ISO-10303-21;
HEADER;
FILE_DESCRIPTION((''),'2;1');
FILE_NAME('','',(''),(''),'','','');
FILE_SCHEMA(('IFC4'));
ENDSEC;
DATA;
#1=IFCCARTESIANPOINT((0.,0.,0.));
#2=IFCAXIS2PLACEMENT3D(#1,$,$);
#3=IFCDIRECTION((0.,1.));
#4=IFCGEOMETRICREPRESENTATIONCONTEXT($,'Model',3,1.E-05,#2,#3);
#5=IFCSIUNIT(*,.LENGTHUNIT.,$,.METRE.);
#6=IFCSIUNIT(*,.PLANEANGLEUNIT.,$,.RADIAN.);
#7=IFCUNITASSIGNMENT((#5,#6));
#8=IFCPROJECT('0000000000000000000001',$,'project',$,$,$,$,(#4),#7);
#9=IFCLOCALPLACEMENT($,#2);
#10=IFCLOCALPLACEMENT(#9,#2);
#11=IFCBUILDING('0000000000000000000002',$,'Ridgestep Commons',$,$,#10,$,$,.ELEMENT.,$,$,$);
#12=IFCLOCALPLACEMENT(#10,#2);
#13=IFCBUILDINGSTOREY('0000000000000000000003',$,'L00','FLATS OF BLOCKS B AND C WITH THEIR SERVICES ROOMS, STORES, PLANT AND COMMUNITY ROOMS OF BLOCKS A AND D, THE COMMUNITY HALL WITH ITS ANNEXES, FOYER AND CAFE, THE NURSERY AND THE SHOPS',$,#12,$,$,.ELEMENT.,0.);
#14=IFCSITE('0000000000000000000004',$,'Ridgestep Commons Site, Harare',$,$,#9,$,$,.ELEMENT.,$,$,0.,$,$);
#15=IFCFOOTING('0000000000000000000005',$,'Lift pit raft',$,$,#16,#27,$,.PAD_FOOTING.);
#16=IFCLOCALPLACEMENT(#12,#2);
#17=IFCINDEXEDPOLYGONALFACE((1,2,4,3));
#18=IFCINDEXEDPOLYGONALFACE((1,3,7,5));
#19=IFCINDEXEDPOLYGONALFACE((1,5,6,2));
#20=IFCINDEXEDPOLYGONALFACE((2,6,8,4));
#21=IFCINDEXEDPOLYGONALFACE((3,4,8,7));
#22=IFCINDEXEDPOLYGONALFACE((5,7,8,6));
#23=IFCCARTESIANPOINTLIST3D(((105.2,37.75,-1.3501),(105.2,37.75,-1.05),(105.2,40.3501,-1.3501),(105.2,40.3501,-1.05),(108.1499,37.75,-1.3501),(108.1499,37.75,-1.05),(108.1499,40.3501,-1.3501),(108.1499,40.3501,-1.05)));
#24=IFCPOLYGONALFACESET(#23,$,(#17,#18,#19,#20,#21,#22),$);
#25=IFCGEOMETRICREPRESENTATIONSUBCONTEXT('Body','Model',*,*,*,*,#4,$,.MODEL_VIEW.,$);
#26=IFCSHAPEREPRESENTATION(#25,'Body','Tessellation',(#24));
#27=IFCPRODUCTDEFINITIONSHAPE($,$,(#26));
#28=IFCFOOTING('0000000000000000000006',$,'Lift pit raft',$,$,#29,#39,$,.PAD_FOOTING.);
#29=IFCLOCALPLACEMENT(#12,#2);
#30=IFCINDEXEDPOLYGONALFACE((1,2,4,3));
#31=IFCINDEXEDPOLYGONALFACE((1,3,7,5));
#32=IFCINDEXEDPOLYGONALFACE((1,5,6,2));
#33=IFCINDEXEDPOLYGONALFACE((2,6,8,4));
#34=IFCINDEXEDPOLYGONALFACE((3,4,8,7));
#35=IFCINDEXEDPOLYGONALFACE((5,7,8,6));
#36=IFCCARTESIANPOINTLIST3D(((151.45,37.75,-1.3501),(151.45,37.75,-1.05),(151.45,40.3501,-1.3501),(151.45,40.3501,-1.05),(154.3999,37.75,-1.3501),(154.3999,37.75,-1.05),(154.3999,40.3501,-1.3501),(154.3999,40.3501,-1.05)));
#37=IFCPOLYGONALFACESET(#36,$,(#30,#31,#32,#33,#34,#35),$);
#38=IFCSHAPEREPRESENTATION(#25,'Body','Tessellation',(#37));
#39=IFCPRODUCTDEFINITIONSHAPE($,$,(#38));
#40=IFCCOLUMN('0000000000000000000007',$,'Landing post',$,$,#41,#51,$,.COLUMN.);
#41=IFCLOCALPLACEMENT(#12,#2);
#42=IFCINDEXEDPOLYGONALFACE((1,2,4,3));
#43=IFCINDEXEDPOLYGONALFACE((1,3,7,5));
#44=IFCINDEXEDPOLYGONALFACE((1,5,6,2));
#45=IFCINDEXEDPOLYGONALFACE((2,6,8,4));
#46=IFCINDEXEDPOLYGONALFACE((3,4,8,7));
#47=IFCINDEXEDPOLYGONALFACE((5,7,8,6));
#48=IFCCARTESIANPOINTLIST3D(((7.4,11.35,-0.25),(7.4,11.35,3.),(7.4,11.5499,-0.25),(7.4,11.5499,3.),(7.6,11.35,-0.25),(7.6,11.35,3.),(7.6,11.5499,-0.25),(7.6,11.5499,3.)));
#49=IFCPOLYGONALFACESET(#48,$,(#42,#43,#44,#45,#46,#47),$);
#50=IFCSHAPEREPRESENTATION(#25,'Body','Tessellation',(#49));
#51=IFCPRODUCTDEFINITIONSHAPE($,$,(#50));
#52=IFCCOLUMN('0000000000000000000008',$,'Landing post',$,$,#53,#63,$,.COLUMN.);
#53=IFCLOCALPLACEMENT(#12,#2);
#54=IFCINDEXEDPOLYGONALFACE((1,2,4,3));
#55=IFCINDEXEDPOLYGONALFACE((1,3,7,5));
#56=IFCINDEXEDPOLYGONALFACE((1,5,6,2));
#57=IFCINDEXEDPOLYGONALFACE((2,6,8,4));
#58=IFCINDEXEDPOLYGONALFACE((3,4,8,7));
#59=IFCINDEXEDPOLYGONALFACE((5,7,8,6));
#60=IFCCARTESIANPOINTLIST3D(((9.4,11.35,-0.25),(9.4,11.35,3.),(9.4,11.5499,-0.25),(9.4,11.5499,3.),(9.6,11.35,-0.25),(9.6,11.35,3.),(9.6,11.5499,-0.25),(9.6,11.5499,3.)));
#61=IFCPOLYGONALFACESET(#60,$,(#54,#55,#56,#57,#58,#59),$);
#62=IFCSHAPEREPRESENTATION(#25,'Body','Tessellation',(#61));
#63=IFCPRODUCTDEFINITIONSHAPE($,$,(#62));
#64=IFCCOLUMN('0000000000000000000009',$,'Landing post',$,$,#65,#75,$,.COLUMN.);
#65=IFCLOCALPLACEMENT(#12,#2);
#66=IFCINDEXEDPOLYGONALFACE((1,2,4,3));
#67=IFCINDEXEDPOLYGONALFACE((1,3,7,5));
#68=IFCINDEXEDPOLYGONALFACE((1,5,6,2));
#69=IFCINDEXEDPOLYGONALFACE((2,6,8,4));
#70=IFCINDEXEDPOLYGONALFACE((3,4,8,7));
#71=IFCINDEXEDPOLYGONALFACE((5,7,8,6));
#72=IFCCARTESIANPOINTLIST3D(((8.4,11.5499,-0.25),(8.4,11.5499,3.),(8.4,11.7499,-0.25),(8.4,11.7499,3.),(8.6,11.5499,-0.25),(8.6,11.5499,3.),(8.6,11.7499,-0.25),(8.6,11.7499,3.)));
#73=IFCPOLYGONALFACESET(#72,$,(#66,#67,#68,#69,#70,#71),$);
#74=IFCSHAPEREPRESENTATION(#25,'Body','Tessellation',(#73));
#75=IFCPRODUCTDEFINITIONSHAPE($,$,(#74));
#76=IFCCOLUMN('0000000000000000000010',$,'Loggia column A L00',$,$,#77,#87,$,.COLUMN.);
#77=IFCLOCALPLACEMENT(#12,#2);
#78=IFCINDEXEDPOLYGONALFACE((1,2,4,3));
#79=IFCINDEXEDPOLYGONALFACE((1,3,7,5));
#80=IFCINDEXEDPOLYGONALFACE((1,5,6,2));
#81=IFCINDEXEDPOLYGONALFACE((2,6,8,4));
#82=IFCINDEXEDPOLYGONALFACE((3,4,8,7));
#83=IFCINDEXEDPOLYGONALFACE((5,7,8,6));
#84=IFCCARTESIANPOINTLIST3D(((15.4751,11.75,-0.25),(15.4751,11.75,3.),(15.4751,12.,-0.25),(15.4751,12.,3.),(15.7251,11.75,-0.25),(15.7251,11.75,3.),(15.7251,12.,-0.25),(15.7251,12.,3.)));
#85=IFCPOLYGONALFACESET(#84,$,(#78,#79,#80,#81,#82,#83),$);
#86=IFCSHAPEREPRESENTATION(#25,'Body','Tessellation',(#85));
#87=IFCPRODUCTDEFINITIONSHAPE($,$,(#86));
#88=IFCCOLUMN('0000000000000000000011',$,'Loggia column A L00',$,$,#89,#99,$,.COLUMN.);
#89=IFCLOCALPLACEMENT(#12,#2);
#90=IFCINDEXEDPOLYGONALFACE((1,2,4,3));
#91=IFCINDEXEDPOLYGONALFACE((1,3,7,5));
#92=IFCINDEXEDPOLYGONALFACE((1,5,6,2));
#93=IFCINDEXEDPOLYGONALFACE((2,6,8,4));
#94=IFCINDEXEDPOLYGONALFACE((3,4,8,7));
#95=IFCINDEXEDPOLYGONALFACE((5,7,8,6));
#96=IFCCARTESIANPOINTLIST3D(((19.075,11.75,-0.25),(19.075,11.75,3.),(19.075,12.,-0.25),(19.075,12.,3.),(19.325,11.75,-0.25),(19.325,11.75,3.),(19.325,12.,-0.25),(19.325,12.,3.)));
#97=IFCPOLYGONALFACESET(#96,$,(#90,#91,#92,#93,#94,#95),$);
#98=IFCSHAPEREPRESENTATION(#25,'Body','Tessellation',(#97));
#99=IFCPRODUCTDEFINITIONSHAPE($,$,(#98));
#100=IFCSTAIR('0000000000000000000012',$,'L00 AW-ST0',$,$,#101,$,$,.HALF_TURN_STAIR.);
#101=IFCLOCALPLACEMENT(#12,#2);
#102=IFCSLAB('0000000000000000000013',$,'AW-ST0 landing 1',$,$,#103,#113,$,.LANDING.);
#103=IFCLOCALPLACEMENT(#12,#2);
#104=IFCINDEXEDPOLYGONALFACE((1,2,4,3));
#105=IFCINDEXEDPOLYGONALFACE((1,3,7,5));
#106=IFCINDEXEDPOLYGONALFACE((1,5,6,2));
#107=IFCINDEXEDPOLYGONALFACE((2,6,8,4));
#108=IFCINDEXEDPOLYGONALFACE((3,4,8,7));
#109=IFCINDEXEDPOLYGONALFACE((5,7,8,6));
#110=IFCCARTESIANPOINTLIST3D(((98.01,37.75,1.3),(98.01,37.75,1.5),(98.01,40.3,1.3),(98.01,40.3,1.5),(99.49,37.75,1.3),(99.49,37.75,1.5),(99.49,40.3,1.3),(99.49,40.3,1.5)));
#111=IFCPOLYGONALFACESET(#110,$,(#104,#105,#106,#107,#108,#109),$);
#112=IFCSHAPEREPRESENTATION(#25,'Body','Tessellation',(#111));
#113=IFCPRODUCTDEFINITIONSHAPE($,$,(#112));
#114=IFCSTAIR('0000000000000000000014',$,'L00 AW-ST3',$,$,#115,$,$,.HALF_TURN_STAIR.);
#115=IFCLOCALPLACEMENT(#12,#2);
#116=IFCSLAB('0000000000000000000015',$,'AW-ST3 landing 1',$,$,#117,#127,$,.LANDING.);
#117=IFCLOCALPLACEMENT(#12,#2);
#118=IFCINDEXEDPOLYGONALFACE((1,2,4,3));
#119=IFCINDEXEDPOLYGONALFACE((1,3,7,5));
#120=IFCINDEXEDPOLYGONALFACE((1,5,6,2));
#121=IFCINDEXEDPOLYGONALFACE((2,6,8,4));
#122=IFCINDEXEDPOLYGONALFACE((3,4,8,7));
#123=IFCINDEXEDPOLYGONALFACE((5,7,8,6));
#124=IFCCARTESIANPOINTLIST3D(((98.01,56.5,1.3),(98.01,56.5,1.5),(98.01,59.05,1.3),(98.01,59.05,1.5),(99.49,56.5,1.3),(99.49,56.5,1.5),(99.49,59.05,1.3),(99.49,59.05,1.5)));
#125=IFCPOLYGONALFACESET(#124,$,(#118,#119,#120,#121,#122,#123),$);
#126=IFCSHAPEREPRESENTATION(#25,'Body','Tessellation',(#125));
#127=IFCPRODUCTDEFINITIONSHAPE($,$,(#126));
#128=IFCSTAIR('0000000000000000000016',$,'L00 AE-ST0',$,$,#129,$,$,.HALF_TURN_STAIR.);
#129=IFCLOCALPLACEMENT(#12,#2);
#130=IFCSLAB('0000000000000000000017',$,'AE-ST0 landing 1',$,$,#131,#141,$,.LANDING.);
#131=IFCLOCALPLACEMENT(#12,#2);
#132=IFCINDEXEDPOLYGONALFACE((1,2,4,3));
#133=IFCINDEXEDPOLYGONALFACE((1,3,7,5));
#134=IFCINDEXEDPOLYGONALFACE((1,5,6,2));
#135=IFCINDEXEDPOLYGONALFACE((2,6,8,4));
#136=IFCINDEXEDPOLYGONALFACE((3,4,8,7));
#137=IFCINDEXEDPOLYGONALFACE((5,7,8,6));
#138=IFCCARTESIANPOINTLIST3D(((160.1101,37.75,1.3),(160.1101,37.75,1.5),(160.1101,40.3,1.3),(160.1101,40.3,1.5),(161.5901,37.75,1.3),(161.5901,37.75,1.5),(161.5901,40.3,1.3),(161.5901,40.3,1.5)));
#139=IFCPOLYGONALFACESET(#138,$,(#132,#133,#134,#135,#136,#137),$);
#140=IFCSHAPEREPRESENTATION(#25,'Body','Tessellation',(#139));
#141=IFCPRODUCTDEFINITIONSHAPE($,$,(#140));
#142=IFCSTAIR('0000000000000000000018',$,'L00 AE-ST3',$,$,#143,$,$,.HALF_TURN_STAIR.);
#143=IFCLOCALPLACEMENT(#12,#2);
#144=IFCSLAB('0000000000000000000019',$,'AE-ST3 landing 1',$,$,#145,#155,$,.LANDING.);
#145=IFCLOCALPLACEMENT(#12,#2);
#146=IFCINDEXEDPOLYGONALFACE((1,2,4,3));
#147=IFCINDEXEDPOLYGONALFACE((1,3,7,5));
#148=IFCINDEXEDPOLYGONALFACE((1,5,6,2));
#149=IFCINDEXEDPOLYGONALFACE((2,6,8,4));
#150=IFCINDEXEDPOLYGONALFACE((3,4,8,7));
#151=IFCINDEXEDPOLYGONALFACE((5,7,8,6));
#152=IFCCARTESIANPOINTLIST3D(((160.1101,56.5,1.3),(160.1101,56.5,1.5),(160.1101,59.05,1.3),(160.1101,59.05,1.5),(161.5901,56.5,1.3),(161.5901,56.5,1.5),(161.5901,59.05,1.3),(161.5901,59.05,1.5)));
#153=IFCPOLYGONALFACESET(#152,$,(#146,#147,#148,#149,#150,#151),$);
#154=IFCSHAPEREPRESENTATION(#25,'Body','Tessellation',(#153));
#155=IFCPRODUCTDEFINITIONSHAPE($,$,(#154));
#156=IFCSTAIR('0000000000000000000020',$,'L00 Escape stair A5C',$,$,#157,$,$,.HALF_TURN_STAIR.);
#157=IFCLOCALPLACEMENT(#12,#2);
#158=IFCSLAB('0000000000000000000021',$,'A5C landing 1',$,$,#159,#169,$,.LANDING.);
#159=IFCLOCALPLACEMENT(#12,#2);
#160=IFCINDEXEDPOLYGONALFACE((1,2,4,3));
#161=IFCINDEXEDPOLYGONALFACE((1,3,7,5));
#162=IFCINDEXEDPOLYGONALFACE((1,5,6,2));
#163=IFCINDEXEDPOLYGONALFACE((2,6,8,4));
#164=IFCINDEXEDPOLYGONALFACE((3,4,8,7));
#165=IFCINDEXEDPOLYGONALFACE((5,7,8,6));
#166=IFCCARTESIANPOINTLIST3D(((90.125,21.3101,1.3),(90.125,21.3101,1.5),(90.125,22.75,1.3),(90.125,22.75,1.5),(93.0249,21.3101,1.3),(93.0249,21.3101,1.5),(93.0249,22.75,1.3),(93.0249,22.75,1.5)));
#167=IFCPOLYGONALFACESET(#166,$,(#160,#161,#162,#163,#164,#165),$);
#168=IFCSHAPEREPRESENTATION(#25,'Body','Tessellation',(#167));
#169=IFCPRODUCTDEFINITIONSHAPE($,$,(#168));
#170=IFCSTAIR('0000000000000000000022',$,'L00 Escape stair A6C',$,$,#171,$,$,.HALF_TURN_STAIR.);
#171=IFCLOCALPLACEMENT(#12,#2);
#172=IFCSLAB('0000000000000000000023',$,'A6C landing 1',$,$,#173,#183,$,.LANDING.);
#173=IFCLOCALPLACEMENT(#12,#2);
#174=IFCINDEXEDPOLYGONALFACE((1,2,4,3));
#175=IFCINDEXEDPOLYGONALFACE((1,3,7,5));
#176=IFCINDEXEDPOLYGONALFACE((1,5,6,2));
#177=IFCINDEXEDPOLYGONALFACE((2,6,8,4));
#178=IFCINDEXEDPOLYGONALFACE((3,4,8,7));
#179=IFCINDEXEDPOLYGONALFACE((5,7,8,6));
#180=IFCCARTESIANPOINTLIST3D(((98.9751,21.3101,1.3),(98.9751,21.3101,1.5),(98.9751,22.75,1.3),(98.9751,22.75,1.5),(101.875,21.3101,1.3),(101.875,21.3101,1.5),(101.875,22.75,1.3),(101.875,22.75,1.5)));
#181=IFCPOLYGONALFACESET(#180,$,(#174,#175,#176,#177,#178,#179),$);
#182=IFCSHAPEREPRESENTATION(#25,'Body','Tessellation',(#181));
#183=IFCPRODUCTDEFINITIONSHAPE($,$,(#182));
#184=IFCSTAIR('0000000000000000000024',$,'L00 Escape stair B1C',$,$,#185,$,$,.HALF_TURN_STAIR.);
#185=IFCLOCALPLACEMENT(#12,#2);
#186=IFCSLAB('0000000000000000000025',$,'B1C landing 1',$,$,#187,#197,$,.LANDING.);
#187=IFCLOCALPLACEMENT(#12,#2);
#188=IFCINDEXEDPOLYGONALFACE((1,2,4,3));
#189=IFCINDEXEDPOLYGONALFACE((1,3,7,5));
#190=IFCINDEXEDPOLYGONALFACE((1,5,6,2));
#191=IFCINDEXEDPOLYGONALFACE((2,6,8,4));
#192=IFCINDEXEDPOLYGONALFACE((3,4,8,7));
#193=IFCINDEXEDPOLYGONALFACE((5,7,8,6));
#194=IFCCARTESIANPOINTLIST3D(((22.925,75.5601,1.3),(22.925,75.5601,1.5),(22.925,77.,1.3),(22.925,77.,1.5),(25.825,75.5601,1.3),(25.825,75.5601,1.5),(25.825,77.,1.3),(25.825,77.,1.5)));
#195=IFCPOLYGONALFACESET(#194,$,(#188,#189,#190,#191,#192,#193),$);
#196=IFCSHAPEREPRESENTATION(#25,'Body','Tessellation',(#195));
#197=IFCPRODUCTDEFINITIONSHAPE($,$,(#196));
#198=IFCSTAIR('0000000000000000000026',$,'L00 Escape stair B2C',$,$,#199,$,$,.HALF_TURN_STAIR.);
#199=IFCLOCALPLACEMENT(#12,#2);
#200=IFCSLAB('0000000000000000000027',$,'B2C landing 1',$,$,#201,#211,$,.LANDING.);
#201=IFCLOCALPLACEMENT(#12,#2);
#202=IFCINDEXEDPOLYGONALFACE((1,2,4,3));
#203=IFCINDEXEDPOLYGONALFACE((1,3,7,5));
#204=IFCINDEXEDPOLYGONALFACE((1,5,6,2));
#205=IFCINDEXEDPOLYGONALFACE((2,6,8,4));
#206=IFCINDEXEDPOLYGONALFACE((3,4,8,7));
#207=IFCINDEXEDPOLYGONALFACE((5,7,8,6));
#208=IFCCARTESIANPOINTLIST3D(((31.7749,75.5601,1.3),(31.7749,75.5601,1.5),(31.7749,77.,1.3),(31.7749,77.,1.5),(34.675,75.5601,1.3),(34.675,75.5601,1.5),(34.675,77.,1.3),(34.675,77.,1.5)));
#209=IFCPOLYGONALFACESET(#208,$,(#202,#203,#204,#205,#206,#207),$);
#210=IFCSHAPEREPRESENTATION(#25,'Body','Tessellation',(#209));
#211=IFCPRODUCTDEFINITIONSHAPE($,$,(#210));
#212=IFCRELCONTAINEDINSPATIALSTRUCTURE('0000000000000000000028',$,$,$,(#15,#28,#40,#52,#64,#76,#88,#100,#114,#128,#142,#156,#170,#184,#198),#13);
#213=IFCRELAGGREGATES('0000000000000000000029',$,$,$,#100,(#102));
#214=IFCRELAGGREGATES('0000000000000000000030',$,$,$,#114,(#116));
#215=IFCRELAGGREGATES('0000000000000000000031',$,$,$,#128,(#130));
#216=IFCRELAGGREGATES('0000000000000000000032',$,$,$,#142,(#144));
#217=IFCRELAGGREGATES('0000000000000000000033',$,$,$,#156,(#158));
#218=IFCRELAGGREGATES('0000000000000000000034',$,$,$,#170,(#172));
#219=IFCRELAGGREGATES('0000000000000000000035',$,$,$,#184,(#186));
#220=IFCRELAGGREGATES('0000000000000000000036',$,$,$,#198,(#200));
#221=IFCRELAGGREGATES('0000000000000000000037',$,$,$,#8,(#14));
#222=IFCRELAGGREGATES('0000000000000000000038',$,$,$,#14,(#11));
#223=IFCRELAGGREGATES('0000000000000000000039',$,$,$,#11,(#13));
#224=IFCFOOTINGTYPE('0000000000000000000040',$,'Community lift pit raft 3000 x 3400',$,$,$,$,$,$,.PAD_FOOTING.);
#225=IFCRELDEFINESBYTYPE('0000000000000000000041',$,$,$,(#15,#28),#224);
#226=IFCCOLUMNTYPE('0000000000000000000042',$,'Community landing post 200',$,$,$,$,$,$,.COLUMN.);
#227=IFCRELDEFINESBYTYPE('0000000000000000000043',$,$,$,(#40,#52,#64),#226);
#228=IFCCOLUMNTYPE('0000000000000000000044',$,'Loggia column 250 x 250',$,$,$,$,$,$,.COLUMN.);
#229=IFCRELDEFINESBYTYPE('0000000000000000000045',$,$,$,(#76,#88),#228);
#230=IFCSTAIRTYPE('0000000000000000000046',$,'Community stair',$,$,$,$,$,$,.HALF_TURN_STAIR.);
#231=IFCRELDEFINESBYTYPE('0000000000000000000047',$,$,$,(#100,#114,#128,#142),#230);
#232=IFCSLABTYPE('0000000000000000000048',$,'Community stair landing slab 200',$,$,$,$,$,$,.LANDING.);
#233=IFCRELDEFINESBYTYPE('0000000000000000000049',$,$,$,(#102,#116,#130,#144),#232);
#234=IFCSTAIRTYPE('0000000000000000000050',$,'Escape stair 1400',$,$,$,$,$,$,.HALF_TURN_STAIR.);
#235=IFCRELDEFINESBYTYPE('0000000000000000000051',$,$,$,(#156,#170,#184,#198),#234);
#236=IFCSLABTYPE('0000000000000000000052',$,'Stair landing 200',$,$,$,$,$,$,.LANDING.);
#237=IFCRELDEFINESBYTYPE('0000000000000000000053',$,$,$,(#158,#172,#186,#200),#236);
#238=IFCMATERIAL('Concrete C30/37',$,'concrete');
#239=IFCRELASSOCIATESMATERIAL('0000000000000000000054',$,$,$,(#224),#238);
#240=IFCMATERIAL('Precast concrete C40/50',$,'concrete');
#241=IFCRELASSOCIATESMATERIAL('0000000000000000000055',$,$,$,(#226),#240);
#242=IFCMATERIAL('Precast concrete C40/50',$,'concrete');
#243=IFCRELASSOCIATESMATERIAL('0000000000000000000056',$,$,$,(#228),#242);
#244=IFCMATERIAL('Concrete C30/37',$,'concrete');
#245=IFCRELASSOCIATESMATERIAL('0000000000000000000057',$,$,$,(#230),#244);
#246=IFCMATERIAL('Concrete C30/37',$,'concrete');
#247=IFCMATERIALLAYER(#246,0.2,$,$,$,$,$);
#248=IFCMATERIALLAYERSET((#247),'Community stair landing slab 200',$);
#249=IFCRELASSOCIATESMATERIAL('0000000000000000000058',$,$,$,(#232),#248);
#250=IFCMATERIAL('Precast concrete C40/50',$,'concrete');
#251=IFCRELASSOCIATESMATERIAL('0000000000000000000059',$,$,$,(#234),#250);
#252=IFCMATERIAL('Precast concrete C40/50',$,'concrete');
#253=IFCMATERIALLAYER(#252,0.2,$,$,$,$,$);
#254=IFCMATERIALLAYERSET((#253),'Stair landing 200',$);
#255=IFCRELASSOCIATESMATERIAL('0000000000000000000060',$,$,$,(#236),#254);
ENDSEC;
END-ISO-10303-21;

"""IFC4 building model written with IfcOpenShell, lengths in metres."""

from ifc_helpers import new_model, si_unit, direction, frame, origin, origin_2d, place, context, subcontext, project, spatial, polyline, rectangle, outline, extrude, material, layer, layer_set, material_profile, profile_set, type_object, element, aggregate, save


model = new_model("IFC4")

# Units and contexts
model_context = context("Model", 3, precision=1e-05, world=origin(), true_north=direction((0.0, 1.0)))
body_context = subcontext(model_context, "Body", "Model", "MODEL_VIEW")
ifc_project = project(units=[si_unit("LENGTHUNIT", "METRE"), si_unit("PLANEANGLEUNIT", "RADIAN")], contexts=[model_context])

# Site, building, storey
site_placement = place(None, origin())
site = spatial("IfcSite", under=ifc_project, at=site_placement, Name="Ridgestep Commons Site, Harare", CompositionType="ELEMENT", RefElevation=0.0)
building_placement = place(site_placement, origin())
building = spatial("IfcBuilding", under=site, at=building_placement, Name="Ridgestep Commons", CompositionType="ELEMENT")
storey_placement = place(building_placement, origin())
storey = spatial("IfcBuildingStorey", under=building, at=storey_placement, Name="L00", Description="FLATS OF BLOCKS B AND C WITH THEIR SERVICES ROOMS, STORES, PLANT AND COMMUNITY ROOMS OF BLOCKS A AND D, THE COMMUNITY HALL WITH ITS ANNEXES, FOYER AND CAFE, THE NURSERY AND THE SHOPS", CompositionType="ELEMENT", Elevation=0.0)

# Footings
ifc_material_1 = material(Name="Concrete C30/37", Category="concrete")
footing_type = type_object("IfcFootingType", Name="Community lift pit raft 3000 x 3400", PredefinedType="PAD_FOOTING", material=ifc_material_1)
footing_1_placement = place(storey_placement, frame((0.0, 0.0, -1.3501)))
element("IfcFooting", 1, at=footing_1_placement, inside=storey, type_object=footing_type, Name="Lift pit raft", PredefinedType="PAD_FOOTING", context=body_context, shape_type="SweptSolid", body=[
    extrude(outline(polyline([(105.2, 37.75), (108.1499, 37.75), (108.1499, 40.3501), (105.2, 40.3501), (105.2, 37.75)])), origin(), (0.0, 0.0, 1.0), 0.3),
])
footing_2_placement = place(storey_placement, frame((0.0, 0.0, -1.3501)))
element("IfcFooting", 2, at=footing_2_placement, inside=storey, type_object=footing_type, Name="Lift pit raft", PredefinedType="PAD_FOOTING", context=body_context, shape_type="SweptSolid", body=[
    extrude(outline(polyline([(151.45, 37.75), (154.3999, 37.75), (154.3999, 40.3501), (151.45, 40.3501), (151.45, 37.75)])), origin(), (0.0, 0.0, 1.0), 0.3),
])

# Columns
ifc_material_2 = material(Name="Precast concrete C40/50", Category="concrete")
ifc_material_profile_1 = material_profile(ifc_material_2, rectangle(XDim=0.2, YDim=0.2, at=origin_2d()), Name="Community landing post 200")
ifc_profile_set_1 = profile_set([ifc_material_profile_1], Name="Precast concrete C40/50")
column_type_1 = type_object("IfcColumnType", Name="Community landing post 200", PredefinedType="COLUMN", material=ifc_profile_set_1)
for number, where, z_axis, x_axis, name in (
    (3, (7.5, 11.45, -0.25), (0.0, 0.0, 1.0), (1.0, 0.0, 0.0), "Landing post"),
    (4, (9.5, 11.45, -0.25), (0.0, 0.0, 1.0), (1.0, 0.0, 0.0), "Landing post"),
    (5, (8.5, 11.6499, -0.25), (0.0, 0.0, 1.0), (1.0, 0.0, 0.0), "Landing post"),
):
    element("IfcColumn", number, at=place(storey_placement, frame(where, z_axis=z_axis, x_axis=x_axis)), inside=storey, type_object=column_type_1, Name=name, PredefinedType="COLUMN", context=body_context, shape_type="SweptSolid", body=[
        extrude(rectangle(XDim=0.2, YDim=0.2, at=origin_2d()), origin(), (0.0, 0.0, 1.0), 3.25),
    ])
ifc_material_3 = material(Name="Precast concrete C40/50", Category="concrete")
ifc_material_profile_2 = material_profile(ifc_material_3, rectangle(XDim=0.25, YDim=0.25, at=origin_2d()), Name="PC 250x250")
ifc_profile_set_2 = profile_set([ifc_material_profile_2], Name="Precast concrete C40/50")
column_type_2 = type_object("IfcColumnType", Name="Loggia column 250 x 250", PredefinedType="COLUMN", material=ifc_profile_set_2)
for number, where, z_axis, x_axis, name in (
    (6, (15.6001, 11.875, -0.25), (0.0, 0.0, 1.0), (1.0, 0.0, 0.0), "Loggia column A L00"),
    (7, (19.2, 11.875, -0.25), (0.0, 0.0, 1.0), (1.0, 0.0, 0.0), "Loggia column A L00"),
):
    element("IfcColumn", number, at=place(storey_placement, frame(where, z_axis=z_axis, x_axis=x_axis)), inside=storey, type_object=column_type_2, Name=name, PredefinedType="COLUMN", context=body_context, shape_type="SweptSolid", body=[
        extrude(rectangle(XDim=0.25, YDim=0.25, at=origin_2d()), origin(), (0.0, 0.0, 1.0), 3.25),
    ])

# Stairs, slabs
ifc_material_4 = material(Name="Concrete C30/37", Category="concrete")
stair_type_1 = type_object("IfcStairType", Name="Community stair", PredefinedType="HALF_TURN_STAIR", material=ifc_material_4)
stair_1_placement = place(storey_placement, origin())
stair_1 = element("IfcStair", 8, at=stair_1_placement, inside=storey, type_object=stair_type_1, Name="L00 AW-ST0", PredefinedType="HALF_TURN_STAIR")
ifc_material_5 = material(Name="Concrete C30/37", Category="concrete")
ifc_layer_1 = layer(ifc_material_5, 0.2)
ifc_layer_set_1 = layer_set([ifc_layer_1], Name="Community stair landing slab 200")
slab_type_1 = type_object("IfcSlabType", Name="Community stair landing slab 200", PredefinedType="LANDING", material=ifc_layer_set_1)
slab_1_placement = place(storey_placement, frame((0.0, 0.0, 1.3)))
slab_1 = element("IfcSlab", 9, at=slab_1_placement, type_object=slab_type_1, Name="AW-ST0 landing 1", PredefinedType="LANDING", context=body_context, shape_type="SweptSolid", body=[
    extrude(outline(polyline([(99.49, 40.3), (98.01, 40.3), (98.01, 37.75), (99.49, 37.75), (99.49, 40.3)])), origin(), (0.0, 0.0, 1.0), 0.2),
])
aggregate(stair_1, [slab_1])
stair_2_placement = place(storey_placement, origin())
stair_2 = element("IfcStair", 10, at=stair_2_placement, inside=storey, type_object=stair_type_1, Name="L00 AW-ST3", PredefinedType="HALF_TURN_STAIR")
slab_2_placement = place(storey_placement, frame((0.0, 0.0, 1.3)))
slab_2 = element("IfcSlab", 11, at=slab_2_placement, type_object=slab_type_1, Name="AW-ST3 landing 1", PredefinedType="LANDING", context=body_context, shape_type="SweptSolid", body=[
    extrude(outline(polyline([(99.49, 59.05), (98.01, 59.05), (98.01, 56.5), (99.49, 56.5), (99.49, 59.05)])), origin(), (0.0, 0.0, 1.0), 0.2),
])
aggregate(stair_2, [slab_2])
stair_3_placement = place(storey_placement, origin())
stair_3 = element("IfcStair", 12, at=stair_3_placement, inside=storey, type_object=stair_type_1, Name="L00 AE-ST0", PredefinedType="HALF_TURN_STAIR")
slab_3_placement = place(storey_placement, frame((0.0, 0.0, 1.3)))
slab_3 = element("IfcSlab", 13, at=slab_3_placement, type_object=slab_type_1, Name="AE-ST0 landing 1", PredefinedType="LANDING", context=body_context, shape_type="SweptSolid", body=[
    extrude(outline(polyline([(160.1101, 37.75), (161.5901, 37.75), (161.5901, 40.3), (160.1101, 40.3), (160.1101, 37.75)])), origin(), (0.0, 0.0, 1.0), 0.2),
])
aggregate(stair_3, [slab_3])
stair_4_placement = place(storey_placement, origin())
stair_4 = element("IfcStair", 14, at=stair_4_placement, inside=storey, type_object=stair_type_1, Name="L00 AE-ST3", PredefinedType="HALF_TURN_STAIR")
slab_4_placement = place(storey_placement, frame((0.0, 0.0, 1.3)))
slab_4 = element("IfcSlab", 15, at=slab_4_placement, type_object=slab_type_1, Name="AE-ST3 landing 1", PredefinedType="LANDING", context=body_context, shape_type="SweptSolid", body=[
    extrude(outline(polyline([(160.1101, 56.5), (161.5901, 56.5), (161.5901, 59.05), (160.1101, 59.05), (160.1101, 56.5)])), origin(), (0.0, 0.0, 1.0), 0.2),
])
aggregate(stair_4, [slab_4])
ifc_material_6 = material(Name="Precast concrete C40/50", Category="concrete")
stair_type_2 = type_object("IfcStairType", Name="Escape stair 1400", PredefinedType="HALF_TURN_STAIR", material=ifc_material_6)
stair_5_placement = place(storey_placement, origin())
stair_5 = element("IfcStair", 16, at=stair_5_placement, inside=storey, type_object=stair_type_2, Name="L00 Escape stair A5C", PredefinedType="HALF_TURN_STAIR")
ifc_material_7 = material(Name="Precast concrete C40/50", Category="concrete")
ifc_layer_2 = layer(ifc_material_7, 0.2)
ifc_layer_set_2 = layer_set([ifc_layer_2], Name="Stair landing 200")
slab_type_2 = type_object("IfcSlabType", Name="Stair landing 200", PredefinedType="LANDING", material=ifc_layer_set_2)
slab_5_placement = place(storey_placement, frame((0.0, 0.0, 1.3)))
slab_5 = element("IfcSlab", 17, at=slab_5_placement, type_object=slab_type_2, Name="A5C landing 1", PredefinedType="LANDING", context=body_context, shape_type="SweptSolid", body=[
    extrude(outline(polyline([(93.0249, 21.3101), (93.0249, 22.75), (90.125, 22.75), (90.125, 21.3101), (93.0249, 21.3101)])), origin(), (0.0, 0.0, 1.0), 0.2),
])
aggregate(stair_5, [slab_5])
stair_6_placement = place(storey_placement, origin())
stair_6 = element("IfcStair", 18, at=stair_6_placement, inside=storey, type_object=stair_type_2, Name="L00 Escape stair A6C", PredefinedType="HALF_TURN_STAIR")
slab_6_placement = place(storey_placement, frame((0.0, 0.0, 1.3)))
slab_6 = element("IfcSlab", 19, at=slab_6_placement, type_object=slab_type_2, Name="A6C landing 1", PredefinedType="LANDING", context=body_context, shape_type="SweptSolid", body=[
    extrude(outline(polyline([(101.875, 21.3101), (101.875, 22.75), (98.9751, 22.75), (98.9751, 21.3101), (101.875, 21.3101)])), origin(), (0.0, 0.0, 1.0), 0.2),
])
aggregate(stair_6, [slab_6])
stair_7_placement = place(storey_placement, origin())
stair_7 = element("IfcStair", 20, at=stair_7_placement, inside=storey, type_object=stair_type_2, Name="L00 Escape stair B1C", PredefinedType="HALF_TURN_STAIR")
slab_7_placement = place(storey_placement, frame((0.0, 0.0, 1.3)))
slab_7 = element("IfcSlab", 21, at=slab_7_placement, type_object=slab_type_2, Name="B1C landing 1", PredefinedType="LANDING", context=body_context, shape_type="SweptSolid", body=[
    extrude(outline(polyline([(25.825, 75.5601), (25.825, 77.0), (22.925, 77.0), (22.925, 75.5601), (25.825, 75.5601)])), origin(), (0.0, 0.0, 1.0), 0.2),
])
aggregate(stair_7, [slab_7])
stair_8_placement = place(storey_placement, origin())
stair_8 = element("IfcStair", 22, at=stair_8_placement, inside=storey, type_object=stair_type_2, Name="L00 Escape stair B2C", PredefinedType="HALF_TURN_STAIR")
slab_8_placement = place(storey_placement, frame((0.0, 0.0, 1.3)))
slab_8 = element("IfcSlab", 23, at=slab_8_placement, type_object=slab_type_2, Name="B2C landing 1", PredefinedType="LANDING", context=body_context, shape_type="SweptSolid", body=[
    extrude(outline(polyline([(34.675, 75.5601), (34.675, 77.0), (31.7749, 77.0), (31.7749, 75.5601), (34.675, 75.5601)])), origin(), (0.0, 0.0, 1.0), 0.2),
])
aggregate(stair_8, [slab_8])

save(model, "model.ifc")
